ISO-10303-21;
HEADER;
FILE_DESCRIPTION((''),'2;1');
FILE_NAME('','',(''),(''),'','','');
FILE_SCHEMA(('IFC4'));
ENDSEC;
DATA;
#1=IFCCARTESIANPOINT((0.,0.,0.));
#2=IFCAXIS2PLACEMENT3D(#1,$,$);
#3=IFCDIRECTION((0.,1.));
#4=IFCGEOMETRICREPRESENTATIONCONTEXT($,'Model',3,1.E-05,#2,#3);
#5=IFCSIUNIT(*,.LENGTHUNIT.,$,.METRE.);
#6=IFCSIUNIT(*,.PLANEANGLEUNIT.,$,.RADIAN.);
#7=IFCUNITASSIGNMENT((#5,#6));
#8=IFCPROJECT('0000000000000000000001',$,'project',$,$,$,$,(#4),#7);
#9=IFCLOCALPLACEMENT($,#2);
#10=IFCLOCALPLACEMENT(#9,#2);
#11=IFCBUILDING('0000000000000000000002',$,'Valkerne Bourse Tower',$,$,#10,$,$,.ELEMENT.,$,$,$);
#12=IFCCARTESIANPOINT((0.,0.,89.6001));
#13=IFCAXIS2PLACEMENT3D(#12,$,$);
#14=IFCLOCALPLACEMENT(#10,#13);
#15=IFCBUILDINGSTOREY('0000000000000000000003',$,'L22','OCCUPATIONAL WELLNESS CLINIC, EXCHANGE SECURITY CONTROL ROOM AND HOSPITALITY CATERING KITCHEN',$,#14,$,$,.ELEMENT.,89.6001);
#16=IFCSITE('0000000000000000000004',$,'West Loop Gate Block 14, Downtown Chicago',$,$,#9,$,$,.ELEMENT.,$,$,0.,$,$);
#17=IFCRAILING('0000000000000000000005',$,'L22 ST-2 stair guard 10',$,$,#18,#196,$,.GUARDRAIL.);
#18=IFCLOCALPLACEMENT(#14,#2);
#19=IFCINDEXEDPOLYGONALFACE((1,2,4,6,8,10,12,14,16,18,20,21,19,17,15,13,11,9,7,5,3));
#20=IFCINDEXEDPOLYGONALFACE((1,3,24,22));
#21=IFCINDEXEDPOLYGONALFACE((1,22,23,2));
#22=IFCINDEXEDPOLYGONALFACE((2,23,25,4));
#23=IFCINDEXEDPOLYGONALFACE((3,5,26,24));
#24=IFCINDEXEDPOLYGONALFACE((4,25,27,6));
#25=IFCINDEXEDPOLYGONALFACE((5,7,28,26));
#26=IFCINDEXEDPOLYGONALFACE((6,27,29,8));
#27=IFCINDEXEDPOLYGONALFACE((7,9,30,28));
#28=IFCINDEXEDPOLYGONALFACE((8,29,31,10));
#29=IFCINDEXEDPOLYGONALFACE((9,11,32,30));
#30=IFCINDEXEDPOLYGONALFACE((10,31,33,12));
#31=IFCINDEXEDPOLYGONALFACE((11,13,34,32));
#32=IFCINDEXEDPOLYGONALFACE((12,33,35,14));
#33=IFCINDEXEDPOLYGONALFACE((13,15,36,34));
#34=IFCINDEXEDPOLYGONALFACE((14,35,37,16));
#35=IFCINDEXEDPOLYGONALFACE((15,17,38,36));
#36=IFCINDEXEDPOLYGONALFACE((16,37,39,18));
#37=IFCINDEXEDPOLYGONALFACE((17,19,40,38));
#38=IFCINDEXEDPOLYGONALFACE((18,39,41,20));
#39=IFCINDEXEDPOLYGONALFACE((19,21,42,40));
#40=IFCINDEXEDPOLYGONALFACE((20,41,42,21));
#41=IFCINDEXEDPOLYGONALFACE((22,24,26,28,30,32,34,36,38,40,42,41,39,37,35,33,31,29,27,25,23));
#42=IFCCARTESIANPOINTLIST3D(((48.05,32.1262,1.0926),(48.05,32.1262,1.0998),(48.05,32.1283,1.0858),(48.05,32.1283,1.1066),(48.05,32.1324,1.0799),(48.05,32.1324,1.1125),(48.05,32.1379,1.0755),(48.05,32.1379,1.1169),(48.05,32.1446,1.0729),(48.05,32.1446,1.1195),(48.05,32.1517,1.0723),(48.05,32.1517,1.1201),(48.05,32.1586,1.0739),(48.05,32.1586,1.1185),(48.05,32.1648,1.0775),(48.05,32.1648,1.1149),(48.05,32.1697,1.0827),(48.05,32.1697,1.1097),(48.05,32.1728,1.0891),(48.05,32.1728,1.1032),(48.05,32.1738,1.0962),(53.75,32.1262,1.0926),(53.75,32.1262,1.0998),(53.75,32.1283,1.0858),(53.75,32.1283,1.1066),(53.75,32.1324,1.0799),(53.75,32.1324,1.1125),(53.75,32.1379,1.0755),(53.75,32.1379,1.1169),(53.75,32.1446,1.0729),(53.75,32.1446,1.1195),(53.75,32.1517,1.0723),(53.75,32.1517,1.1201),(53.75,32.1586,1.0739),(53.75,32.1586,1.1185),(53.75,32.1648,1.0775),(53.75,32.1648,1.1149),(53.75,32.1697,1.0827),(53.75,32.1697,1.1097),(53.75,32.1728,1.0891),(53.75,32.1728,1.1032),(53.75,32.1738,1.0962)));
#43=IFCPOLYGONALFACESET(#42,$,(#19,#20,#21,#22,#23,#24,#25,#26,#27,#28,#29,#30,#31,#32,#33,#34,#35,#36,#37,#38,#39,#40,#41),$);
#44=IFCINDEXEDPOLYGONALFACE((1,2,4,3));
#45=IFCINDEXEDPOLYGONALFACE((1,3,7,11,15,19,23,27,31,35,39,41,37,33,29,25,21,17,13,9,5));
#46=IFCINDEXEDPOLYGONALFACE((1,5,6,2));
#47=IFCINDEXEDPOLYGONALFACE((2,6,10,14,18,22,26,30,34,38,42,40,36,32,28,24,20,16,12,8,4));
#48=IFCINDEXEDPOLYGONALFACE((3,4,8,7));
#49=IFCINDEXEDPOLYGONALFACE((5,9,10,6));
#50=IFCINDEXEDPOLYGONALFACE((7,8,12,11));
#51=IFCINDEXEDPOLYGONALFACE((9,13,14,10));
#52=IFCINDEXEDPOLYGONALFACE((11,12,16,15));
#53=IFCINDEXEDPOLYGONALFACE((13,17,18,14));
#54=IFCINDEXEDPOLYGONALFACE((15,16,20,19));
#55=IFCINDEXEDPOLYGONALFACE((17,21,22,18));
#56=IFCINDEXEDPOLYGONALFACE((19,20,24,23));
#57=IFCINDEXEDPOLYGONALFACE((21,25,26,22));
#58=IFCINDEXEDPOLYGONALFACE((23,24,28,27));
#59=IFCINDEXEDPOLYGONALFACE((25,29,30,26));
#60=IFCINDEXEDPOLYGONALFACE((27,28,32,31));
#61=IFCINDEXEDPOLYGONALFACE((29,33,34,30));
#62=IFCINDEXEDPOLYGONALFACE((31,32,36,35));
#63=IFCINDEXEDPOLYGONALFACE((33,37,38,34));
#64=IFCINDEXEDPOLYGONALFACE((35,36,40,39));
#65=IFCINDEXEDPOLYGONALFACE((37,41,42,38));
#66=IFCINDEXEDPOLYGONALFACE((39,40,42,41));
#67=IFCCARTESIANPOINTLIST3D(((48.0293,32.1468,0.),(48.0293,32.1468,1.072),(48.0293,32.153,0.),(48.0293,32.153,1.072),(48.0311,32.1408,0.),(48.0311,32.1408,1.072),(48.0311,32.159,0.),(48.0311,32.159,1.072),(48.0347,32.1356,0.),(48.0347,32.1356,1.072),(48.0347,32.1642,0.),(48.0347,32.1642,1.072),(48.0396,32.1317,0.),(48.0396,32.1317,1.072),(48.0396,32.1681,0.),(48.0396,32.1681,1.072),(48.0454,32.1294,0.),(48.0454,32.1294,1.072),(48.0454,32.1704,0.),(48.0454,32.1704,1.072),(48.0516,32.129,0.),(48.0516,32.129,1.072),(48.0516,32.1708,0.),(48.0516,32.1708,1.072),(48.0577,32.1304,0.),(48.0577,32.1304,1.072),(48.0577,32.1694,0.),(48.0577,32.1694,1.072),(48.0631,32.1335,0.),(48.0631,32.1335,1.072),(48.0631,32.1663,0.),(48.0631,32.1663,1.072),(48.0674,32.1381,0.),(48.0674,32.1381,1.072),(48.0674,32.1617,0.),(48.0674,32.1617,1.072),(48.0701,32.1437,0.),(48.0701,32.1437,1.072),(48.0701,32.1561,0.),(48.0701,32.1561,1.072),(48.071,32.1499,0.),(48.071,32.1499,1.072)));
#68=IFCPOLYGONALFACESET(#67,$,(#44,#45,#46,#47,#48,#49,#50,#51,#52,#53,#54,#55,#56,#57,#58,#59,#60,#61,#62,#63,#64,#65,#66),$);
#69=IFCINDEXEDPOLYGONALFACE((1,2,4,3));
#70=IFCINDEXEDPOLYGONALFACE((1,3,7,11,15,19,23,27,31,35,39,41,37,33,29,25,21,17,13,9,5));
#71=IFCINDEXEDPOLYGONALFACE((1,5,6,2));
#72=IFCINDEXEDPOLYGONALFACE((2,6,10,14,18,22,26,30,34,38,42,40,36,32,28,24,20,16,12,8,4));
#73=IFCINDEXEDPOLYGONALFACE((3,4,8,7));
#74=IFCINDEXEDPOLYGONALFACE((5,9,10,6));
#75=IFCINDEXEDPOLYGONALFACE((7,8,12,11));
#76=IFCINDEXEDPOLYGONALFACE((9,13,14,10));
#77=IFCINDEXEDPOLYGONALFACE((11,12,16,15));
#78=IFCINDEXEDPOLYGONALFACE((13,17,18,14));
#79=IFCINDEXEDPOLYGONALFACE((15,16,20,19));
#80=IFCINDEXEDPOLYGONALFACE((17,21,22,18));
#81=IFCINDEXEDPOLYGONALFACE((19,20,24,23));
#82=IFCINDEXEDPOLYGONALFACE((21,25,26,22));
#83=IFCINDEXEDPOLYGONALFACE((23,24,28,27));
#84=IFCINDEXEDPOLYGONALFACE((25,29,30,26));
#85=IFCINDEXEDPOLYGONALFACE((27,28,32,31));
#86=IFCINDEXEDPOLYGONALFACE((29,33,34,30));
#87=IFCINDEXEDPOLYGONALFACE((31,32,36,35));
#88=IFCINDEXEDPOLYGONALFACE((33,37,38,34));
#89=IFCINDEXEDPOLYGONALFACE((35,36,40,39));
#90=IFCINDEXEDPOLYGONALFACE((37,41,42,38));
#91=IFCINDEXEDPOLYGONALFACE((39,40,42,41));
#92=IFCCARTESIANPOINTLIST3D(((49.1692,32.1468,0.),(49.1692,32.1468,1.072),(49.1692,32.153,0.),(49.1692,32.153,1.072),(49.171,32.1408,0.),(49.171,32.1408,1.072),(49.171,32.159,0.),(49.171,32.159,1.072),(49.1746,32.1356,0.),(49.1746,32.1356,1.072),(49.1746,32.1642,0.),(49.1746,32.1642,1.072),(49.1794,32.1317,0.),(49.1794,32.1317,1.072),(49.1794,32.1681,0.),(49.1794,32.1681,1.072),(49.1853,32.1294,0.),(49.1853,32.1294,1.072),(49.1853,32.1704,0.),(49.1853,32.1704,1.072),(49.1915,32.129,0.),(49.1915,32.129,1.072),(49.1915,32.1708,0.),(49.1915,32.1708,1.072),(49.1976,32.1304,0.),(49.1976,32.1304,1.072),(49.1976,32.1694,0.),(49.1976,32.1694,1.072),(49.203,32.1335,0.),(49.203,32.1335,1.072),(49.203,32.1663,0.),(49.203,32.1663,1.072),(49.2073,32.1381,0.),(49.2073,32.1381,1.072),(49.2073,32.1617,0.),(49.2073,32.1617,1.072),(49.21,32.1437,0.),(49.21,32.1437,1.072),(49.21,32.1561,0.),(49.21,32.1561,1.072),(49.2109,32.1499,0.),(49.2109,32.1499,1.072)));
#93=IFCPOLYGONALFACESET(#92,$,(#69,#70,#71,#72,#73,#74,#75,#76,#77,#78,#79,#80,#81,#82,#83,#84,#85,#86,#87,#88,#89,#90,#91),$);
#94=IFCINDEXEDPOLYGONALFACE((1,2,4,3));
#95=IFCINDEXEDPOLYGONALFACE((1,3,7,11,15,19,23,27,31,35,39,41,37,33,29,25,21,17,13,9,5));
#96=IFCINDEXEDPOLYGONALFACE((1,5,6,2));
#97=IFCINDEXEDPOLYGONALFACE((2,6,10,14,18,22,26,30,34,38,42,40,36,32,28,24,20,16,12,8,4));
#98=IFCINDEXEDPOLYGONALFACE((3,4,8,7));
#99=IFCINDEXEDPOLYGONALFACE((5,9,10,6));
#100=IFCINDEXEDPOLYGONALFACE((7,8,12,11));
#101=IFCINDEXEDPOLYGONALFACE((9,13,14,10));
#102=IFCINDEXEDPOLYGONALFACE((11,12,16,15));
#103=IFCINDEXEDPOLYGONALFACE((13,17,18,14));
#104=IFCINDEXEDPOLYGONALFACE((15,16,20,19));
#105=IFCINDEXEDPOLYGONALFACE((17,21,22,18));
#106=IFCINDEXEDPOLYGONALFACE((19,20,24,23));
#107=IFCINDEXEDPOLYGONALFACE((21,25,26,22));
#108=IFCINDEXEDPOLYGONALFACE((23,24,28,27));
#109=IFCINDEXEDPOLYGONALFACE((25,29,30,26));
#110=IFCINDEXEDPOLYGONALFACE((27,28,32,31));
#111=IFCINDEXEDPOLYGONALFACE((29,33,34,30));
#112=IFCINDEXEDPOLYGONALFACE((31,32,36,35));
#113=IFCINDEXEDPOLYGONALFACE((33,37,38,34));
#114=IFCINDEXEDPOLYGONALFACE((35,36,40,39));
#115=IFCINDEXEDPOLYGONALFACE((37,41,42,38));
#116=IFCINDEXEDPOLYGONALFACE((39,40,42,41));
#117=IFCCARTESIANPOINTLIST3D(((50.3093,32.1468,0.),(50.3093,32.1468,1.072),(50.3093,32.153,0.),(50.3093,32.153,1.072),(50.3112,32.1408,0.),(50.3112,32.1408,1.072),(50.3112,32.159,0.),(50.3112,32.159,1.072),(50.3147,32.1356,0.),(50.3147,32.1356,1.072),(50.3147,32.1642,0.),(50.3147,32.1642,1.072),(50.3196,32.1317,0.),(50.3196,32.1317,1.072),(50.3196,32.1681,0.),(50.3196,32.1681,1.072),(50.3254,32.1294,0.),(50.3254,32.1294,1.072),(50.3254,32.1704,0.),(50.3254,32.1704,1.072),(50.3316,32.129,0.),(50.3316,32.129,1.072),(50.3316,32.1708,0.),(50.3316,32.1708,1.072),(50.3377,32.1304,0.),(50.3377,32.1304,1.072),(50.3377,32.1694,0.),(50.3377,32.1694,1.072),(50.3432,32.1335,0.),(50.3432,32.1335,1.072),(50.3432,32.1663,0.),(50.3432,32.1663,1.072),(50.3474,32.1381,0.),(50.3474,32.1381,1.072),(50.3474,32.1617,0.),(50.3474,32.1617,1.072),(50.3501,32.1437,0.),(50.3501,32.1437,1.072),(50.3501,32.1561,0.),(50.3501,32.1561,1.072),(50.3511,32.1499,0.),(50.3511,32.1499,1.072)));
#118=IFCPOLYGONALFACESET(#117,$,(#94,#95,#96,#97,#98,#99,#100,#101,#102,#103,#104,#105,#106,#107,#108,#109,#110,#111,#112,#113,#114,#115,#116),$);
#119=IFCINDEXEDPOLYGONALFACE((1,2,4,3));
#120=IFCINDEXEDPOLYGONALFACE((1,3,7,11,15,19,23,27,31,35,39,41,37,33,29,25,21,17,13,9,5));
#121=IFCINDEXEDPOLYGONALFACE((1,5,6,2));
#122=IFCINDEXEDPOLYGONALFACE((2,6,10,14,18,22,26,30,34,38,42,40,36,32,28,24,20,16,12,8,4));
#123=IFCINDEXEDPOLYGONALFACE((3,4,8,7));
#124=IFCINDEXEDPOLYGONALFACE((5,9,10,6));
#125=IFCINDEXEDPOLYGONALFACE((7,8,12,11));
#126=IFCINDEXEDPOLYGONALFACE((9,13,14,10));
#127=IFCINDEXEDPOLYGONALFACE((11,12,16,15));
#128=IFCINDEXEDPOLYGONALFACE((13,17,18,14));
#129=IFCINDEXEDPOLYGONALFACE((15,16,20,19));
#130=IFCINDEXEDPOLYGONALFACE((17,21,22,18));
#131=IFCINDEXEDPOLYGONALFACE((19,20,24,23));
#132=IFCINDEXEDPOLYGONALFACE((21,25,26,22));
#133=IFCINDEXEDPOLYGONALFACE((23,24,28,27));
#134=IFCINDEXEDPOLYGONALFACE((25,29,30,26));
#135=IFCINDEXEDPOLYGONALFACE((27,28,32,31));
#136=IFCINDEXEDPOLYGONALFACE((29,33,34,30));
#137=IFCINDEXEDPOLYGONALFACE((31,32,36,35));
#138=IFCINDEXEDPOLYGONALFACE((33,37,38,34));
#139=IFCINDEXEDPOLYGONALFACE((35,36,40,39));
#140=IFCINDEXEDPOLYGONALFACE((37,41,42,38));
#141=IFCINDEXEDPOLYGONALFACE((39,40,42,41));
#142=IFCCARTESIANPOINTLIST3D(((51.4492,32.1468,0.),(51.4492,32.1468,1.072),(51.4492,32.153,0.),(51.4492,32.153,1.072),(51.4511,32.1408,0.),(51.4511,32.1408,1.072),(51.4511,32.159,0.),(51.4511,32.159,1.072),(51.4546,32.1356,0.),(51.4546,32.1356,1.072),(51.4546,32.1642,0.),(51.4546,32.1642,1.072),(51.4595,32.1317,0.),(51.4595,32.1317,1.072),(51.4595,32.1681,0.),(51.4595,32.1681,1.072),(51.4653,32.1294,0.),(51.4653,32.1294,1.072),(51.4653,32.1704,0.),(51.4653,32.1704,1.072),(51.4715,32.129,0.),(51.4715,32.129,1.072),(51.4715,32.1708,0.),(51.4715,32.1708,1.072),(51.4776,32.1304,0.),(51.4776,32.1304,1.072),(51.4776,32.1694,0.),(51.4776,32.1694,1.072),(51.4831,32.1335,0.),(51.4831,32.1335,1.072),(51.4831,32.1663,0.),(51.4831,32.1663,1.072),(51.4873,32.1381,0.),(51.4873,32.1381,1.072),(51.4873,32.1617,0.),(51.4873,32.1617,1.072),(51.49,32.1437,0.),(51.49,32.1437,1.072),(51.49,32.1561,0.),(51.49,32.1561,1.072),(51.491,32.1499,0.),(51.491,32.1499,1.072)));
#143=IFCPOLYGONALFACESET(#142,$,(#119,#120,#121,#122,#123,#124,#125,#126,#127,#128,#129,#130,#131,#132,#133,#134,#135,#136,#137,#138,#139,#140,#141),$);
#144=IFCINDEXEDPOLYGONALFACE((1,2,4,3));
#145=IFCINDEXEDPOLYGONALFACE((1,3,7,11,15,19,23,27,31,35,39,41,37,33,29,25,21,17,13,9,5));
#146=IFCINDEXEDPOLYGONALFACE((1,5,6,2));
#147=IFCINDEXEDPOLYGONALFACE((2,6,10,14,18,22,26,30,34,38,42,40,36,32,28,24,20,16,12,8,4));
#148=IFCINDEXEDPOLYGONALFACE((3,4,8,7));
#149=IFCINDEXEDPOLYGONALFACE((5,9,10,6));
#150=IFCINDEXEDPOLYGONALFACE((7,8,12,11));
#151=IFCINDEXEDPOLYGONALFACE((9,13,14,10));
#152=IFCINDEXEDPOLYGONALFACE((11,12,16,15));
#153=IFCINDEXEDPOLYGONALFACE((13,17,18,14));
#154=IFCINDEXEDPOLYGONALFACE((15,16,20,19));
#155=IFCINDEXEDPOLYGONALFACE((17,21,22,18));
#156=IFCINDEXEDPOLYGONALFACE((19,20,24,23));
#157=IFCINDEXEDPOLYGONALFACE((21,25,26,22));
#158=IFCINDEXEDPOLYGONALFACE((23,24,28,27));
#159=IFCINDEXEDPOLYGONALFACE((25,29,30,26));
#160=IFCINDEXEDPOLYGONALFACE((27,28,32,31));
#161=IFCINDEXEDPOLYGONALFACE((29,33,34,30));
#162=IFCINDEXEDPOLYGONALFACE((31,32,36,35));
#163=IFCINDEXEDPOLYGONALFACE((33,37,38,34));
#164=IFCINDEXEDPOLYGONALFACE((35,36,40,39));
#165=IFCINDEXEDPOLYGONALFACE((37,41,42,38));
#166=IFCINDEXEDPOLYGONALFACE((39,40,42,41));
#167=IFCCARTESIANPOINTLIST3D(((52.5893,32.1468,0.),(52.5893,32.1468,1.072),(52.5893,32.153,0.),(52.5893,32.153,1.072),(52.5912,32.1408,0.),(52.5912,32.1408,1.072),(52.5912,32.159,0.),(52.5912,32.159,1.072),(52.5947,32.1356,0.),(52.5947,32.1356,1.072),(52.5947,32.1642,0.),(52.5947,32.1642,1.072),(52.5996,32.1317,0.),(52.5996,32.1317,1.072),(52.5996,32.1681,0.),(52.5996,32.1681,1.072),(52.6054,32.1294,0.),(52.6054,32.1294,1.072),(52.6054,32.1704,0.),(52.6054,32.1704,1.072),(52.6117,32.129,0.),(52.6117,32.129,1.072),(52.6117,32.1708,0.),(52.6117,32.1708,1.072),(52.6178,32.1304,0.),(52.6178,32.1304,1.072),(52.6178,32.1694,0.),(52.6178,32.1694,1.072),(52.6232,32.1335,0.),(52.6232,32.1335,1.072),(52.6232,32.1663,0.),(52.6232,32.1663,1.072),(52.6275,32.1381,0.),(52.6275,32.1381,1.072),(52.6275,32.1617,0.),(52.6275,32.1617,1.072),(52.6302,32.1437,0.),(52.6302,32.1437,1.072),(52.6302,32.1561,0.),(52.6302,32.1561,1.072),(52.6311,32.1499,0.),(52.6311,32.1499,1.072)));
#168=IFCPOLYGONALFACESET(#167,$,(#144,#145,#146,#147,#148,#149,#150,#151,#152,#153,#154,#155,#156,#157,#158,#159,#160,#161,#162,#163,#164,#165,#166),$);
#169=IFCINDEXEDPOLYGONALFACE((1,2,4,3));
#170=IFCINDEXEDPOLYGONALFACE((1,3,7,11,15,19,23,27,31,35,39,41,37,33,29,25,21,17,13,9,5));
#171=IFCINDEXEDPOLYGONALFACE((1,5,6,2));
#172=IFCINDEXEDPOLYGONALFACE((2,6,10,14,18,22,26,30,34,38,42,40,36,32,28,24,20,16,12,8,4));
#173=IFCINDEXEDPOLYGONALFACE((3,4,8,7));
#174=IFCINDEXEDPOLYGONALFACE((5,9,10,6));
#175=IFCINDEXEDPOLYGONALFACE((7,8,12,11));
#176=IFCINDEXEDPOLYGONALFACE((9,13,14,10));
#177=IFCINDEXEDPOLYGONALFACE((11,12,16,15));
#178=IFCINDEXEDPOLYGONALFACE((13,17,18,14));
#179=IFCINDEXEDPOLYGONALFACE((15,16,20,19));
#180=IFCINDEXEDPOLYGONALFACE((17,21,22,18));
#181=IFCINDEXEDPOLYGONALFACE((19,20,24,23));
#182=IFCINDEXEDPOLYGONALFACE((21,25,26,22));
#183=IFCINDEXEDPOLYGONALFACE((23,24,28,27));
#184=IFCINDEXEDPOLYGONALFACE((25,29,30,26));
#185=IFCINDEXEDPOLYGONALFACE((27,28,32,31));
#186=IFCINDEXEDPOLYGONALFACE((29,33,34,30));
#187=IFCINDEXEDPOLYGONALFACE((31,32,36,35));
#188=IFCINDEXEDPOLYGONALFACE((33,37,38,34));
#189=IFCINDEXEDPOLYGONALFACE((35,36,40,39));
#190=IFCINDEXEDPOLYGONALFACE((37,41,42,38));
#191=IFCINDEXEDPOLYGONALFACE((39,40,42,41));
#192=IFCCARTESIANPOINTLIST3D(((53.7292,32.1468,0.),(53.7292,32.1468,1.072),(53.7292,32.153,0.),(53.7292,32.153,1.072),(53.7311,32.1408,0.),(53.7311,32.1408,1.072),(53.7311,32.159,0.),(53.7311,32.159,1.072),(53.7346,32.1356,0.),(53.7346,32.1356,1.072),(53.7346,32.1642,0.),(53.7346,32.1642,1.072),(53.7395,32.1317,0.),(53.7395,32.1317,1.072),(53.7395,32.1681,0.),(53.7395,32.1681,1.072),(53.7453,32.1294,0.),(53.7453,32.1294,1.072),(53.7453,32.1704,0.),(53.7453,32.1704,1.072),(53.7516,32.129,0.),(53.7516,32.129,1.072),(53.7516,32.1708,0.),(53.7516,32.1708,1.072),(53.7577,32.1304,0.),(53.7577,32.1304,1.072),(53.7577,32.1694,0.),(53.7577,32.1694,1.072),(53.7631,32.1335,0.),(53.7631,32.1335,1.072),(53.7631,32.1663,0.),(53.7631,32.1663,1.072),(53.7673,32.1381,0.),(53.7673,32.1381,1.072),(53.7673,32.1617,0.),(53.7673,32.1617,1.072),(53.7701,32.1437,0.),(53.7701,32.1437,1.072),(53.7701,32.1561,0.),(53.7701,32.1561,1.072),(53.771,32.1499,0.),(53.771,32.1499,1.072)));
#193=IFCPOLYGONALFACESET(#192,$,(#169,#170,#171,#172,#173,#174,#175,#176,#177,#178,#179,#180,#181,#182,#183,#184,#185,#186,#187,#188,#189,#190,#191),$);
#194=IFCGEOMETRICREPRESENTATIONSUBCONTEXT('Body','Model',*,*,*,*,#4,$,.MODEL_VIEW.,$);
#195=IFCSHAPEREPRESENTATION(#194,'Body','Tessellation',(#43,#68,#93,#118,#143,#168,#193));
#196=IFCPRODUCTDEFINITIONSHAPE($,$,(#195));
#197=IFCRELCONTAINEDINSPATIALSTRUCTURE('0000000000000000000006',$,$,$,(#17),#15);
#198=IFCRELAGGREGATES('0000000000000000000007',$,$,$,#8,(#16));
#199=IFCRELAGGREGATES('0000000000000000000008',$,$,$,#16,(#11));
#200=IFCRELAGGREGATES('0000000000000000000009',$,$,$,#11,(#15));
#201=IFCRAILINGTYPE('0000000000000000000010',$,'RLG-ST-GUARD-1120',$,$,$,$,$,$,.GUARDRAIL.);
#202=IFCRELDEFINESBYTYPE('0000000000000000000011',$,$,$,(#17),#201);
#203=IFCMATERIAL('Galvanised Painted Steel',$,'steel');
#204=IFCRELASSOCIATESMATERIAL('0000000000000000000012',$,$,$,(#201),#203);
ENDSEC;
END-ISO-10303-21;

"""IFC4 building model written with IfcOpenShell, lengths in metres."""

from ifc_helpers import new_model, si_unit, direction, frame, origin, origin_2d, place, context, subcontext, project, spatial, circle, extrude, material, type_object, element, save


model = new_model("IFC4")

# Units and contexts
model_context = context("Model", 3, precision=1e-05, world=origin(), true_north=direction((0.0, 1.0)))
body_context = subcontext(model_context, "Body", "Model", "MODEL_VIEW")
ifc_project = project(units=[si_unit("LENGTHUNIT", "METRE"), si_unit("PLANEANGLEUNIT", "RADIAN")], contexts=[model_context])

# Site, building, storey
site_placement = place(None, origin())
site = spatial("IfcSite", under=ifc_project, at=site_placement, Name="West Loop Gate Block 14, Downtown Chicago", CompositionType="ELEMENT", RefElevation=0.0)
building_placement = place(site_placement, origin())
building = spatial("IfcBuilding", under=site, at=building_placement, Name="Valkerne Bourse Tower", CompositionType="ELEMENT")
storey_placement = place(building_placement, frame((0.0, 0.0, 89.6001)))
storey = spatial("IfcBuildingStorey", under=building, at=storey_placement, Name="L22", Description="OCCUPATIONAL WELLNESS CLINIC, EXCHANGE SECURITY CONTROL ROOM AND HOSPITALITY CATERING KITCHEN", CompositionType="ELEMENT", Elevation=89.6001)

# Shared definitions
ifc_material_1 = material(Name="Galvanised Painted Steel", Category="steel")

# Railing
railing_type_1 = type_object("IfcRailingType", Name="RLG-ST-GUARD-1120", PredefinedType="GUARDRAIL", material=ifc_material_1)
for number, where, name in (
    (1, (48.05, 32.1499, 0.0), "L22 ST-2 stair guard 10"),
):
    element("IfcRailing", number, at=place(storey_placement, frame(where)), inside=storey, type_object=railing_type_1, Name=name, PredefinedType="GUARDRAIL", context=body_context, shape_type="SweptSolid", body=[
        extrude(circle(Radius=0.0239, at=origin_2d()), frame((0.0, 0.0, 1.0962), z_axis=(1.0, 0.0, 0.0), x_axis=(0.0, 1.0, 0.0)), (0.0, 0.0, 1.0), 5.7),
        extrude(circle(Radius=0.021, at=origin_2d()), origin(), (0.0, 0.0, 1.0), 1.072),
        extrude(circle(Radius=0.021, at=origin_2d()), frame((1.1399, 0.0, 0.0)), (0.0, 0.0, 1.0), 1.072),
        extrude(circle(Radius=0.021, at=origin_2d()), frame((2.28, 0.0, 0.0)), (0.0, 0.0, 1.0), 1.072),
        extrude(circle(Radius=0.021, at=origin_2d()), frame((3.4199, 0.0, 0.0)), (0.0, 0.0, 1.0), 1.072),
        extrude(circle(Radius=0.021, at=origin_2d()), frame((4.5601, 0.0, 0.0)), (0.0, 0.0, 1.0), 1.072),
        extrude(circle(Radius=0.021, at=origin_2d()), frame((5.7, 0.0, 0.0)), (0.0, 0.0, 1.0), 1.072),
    ])

save(model, "model.ifc")
